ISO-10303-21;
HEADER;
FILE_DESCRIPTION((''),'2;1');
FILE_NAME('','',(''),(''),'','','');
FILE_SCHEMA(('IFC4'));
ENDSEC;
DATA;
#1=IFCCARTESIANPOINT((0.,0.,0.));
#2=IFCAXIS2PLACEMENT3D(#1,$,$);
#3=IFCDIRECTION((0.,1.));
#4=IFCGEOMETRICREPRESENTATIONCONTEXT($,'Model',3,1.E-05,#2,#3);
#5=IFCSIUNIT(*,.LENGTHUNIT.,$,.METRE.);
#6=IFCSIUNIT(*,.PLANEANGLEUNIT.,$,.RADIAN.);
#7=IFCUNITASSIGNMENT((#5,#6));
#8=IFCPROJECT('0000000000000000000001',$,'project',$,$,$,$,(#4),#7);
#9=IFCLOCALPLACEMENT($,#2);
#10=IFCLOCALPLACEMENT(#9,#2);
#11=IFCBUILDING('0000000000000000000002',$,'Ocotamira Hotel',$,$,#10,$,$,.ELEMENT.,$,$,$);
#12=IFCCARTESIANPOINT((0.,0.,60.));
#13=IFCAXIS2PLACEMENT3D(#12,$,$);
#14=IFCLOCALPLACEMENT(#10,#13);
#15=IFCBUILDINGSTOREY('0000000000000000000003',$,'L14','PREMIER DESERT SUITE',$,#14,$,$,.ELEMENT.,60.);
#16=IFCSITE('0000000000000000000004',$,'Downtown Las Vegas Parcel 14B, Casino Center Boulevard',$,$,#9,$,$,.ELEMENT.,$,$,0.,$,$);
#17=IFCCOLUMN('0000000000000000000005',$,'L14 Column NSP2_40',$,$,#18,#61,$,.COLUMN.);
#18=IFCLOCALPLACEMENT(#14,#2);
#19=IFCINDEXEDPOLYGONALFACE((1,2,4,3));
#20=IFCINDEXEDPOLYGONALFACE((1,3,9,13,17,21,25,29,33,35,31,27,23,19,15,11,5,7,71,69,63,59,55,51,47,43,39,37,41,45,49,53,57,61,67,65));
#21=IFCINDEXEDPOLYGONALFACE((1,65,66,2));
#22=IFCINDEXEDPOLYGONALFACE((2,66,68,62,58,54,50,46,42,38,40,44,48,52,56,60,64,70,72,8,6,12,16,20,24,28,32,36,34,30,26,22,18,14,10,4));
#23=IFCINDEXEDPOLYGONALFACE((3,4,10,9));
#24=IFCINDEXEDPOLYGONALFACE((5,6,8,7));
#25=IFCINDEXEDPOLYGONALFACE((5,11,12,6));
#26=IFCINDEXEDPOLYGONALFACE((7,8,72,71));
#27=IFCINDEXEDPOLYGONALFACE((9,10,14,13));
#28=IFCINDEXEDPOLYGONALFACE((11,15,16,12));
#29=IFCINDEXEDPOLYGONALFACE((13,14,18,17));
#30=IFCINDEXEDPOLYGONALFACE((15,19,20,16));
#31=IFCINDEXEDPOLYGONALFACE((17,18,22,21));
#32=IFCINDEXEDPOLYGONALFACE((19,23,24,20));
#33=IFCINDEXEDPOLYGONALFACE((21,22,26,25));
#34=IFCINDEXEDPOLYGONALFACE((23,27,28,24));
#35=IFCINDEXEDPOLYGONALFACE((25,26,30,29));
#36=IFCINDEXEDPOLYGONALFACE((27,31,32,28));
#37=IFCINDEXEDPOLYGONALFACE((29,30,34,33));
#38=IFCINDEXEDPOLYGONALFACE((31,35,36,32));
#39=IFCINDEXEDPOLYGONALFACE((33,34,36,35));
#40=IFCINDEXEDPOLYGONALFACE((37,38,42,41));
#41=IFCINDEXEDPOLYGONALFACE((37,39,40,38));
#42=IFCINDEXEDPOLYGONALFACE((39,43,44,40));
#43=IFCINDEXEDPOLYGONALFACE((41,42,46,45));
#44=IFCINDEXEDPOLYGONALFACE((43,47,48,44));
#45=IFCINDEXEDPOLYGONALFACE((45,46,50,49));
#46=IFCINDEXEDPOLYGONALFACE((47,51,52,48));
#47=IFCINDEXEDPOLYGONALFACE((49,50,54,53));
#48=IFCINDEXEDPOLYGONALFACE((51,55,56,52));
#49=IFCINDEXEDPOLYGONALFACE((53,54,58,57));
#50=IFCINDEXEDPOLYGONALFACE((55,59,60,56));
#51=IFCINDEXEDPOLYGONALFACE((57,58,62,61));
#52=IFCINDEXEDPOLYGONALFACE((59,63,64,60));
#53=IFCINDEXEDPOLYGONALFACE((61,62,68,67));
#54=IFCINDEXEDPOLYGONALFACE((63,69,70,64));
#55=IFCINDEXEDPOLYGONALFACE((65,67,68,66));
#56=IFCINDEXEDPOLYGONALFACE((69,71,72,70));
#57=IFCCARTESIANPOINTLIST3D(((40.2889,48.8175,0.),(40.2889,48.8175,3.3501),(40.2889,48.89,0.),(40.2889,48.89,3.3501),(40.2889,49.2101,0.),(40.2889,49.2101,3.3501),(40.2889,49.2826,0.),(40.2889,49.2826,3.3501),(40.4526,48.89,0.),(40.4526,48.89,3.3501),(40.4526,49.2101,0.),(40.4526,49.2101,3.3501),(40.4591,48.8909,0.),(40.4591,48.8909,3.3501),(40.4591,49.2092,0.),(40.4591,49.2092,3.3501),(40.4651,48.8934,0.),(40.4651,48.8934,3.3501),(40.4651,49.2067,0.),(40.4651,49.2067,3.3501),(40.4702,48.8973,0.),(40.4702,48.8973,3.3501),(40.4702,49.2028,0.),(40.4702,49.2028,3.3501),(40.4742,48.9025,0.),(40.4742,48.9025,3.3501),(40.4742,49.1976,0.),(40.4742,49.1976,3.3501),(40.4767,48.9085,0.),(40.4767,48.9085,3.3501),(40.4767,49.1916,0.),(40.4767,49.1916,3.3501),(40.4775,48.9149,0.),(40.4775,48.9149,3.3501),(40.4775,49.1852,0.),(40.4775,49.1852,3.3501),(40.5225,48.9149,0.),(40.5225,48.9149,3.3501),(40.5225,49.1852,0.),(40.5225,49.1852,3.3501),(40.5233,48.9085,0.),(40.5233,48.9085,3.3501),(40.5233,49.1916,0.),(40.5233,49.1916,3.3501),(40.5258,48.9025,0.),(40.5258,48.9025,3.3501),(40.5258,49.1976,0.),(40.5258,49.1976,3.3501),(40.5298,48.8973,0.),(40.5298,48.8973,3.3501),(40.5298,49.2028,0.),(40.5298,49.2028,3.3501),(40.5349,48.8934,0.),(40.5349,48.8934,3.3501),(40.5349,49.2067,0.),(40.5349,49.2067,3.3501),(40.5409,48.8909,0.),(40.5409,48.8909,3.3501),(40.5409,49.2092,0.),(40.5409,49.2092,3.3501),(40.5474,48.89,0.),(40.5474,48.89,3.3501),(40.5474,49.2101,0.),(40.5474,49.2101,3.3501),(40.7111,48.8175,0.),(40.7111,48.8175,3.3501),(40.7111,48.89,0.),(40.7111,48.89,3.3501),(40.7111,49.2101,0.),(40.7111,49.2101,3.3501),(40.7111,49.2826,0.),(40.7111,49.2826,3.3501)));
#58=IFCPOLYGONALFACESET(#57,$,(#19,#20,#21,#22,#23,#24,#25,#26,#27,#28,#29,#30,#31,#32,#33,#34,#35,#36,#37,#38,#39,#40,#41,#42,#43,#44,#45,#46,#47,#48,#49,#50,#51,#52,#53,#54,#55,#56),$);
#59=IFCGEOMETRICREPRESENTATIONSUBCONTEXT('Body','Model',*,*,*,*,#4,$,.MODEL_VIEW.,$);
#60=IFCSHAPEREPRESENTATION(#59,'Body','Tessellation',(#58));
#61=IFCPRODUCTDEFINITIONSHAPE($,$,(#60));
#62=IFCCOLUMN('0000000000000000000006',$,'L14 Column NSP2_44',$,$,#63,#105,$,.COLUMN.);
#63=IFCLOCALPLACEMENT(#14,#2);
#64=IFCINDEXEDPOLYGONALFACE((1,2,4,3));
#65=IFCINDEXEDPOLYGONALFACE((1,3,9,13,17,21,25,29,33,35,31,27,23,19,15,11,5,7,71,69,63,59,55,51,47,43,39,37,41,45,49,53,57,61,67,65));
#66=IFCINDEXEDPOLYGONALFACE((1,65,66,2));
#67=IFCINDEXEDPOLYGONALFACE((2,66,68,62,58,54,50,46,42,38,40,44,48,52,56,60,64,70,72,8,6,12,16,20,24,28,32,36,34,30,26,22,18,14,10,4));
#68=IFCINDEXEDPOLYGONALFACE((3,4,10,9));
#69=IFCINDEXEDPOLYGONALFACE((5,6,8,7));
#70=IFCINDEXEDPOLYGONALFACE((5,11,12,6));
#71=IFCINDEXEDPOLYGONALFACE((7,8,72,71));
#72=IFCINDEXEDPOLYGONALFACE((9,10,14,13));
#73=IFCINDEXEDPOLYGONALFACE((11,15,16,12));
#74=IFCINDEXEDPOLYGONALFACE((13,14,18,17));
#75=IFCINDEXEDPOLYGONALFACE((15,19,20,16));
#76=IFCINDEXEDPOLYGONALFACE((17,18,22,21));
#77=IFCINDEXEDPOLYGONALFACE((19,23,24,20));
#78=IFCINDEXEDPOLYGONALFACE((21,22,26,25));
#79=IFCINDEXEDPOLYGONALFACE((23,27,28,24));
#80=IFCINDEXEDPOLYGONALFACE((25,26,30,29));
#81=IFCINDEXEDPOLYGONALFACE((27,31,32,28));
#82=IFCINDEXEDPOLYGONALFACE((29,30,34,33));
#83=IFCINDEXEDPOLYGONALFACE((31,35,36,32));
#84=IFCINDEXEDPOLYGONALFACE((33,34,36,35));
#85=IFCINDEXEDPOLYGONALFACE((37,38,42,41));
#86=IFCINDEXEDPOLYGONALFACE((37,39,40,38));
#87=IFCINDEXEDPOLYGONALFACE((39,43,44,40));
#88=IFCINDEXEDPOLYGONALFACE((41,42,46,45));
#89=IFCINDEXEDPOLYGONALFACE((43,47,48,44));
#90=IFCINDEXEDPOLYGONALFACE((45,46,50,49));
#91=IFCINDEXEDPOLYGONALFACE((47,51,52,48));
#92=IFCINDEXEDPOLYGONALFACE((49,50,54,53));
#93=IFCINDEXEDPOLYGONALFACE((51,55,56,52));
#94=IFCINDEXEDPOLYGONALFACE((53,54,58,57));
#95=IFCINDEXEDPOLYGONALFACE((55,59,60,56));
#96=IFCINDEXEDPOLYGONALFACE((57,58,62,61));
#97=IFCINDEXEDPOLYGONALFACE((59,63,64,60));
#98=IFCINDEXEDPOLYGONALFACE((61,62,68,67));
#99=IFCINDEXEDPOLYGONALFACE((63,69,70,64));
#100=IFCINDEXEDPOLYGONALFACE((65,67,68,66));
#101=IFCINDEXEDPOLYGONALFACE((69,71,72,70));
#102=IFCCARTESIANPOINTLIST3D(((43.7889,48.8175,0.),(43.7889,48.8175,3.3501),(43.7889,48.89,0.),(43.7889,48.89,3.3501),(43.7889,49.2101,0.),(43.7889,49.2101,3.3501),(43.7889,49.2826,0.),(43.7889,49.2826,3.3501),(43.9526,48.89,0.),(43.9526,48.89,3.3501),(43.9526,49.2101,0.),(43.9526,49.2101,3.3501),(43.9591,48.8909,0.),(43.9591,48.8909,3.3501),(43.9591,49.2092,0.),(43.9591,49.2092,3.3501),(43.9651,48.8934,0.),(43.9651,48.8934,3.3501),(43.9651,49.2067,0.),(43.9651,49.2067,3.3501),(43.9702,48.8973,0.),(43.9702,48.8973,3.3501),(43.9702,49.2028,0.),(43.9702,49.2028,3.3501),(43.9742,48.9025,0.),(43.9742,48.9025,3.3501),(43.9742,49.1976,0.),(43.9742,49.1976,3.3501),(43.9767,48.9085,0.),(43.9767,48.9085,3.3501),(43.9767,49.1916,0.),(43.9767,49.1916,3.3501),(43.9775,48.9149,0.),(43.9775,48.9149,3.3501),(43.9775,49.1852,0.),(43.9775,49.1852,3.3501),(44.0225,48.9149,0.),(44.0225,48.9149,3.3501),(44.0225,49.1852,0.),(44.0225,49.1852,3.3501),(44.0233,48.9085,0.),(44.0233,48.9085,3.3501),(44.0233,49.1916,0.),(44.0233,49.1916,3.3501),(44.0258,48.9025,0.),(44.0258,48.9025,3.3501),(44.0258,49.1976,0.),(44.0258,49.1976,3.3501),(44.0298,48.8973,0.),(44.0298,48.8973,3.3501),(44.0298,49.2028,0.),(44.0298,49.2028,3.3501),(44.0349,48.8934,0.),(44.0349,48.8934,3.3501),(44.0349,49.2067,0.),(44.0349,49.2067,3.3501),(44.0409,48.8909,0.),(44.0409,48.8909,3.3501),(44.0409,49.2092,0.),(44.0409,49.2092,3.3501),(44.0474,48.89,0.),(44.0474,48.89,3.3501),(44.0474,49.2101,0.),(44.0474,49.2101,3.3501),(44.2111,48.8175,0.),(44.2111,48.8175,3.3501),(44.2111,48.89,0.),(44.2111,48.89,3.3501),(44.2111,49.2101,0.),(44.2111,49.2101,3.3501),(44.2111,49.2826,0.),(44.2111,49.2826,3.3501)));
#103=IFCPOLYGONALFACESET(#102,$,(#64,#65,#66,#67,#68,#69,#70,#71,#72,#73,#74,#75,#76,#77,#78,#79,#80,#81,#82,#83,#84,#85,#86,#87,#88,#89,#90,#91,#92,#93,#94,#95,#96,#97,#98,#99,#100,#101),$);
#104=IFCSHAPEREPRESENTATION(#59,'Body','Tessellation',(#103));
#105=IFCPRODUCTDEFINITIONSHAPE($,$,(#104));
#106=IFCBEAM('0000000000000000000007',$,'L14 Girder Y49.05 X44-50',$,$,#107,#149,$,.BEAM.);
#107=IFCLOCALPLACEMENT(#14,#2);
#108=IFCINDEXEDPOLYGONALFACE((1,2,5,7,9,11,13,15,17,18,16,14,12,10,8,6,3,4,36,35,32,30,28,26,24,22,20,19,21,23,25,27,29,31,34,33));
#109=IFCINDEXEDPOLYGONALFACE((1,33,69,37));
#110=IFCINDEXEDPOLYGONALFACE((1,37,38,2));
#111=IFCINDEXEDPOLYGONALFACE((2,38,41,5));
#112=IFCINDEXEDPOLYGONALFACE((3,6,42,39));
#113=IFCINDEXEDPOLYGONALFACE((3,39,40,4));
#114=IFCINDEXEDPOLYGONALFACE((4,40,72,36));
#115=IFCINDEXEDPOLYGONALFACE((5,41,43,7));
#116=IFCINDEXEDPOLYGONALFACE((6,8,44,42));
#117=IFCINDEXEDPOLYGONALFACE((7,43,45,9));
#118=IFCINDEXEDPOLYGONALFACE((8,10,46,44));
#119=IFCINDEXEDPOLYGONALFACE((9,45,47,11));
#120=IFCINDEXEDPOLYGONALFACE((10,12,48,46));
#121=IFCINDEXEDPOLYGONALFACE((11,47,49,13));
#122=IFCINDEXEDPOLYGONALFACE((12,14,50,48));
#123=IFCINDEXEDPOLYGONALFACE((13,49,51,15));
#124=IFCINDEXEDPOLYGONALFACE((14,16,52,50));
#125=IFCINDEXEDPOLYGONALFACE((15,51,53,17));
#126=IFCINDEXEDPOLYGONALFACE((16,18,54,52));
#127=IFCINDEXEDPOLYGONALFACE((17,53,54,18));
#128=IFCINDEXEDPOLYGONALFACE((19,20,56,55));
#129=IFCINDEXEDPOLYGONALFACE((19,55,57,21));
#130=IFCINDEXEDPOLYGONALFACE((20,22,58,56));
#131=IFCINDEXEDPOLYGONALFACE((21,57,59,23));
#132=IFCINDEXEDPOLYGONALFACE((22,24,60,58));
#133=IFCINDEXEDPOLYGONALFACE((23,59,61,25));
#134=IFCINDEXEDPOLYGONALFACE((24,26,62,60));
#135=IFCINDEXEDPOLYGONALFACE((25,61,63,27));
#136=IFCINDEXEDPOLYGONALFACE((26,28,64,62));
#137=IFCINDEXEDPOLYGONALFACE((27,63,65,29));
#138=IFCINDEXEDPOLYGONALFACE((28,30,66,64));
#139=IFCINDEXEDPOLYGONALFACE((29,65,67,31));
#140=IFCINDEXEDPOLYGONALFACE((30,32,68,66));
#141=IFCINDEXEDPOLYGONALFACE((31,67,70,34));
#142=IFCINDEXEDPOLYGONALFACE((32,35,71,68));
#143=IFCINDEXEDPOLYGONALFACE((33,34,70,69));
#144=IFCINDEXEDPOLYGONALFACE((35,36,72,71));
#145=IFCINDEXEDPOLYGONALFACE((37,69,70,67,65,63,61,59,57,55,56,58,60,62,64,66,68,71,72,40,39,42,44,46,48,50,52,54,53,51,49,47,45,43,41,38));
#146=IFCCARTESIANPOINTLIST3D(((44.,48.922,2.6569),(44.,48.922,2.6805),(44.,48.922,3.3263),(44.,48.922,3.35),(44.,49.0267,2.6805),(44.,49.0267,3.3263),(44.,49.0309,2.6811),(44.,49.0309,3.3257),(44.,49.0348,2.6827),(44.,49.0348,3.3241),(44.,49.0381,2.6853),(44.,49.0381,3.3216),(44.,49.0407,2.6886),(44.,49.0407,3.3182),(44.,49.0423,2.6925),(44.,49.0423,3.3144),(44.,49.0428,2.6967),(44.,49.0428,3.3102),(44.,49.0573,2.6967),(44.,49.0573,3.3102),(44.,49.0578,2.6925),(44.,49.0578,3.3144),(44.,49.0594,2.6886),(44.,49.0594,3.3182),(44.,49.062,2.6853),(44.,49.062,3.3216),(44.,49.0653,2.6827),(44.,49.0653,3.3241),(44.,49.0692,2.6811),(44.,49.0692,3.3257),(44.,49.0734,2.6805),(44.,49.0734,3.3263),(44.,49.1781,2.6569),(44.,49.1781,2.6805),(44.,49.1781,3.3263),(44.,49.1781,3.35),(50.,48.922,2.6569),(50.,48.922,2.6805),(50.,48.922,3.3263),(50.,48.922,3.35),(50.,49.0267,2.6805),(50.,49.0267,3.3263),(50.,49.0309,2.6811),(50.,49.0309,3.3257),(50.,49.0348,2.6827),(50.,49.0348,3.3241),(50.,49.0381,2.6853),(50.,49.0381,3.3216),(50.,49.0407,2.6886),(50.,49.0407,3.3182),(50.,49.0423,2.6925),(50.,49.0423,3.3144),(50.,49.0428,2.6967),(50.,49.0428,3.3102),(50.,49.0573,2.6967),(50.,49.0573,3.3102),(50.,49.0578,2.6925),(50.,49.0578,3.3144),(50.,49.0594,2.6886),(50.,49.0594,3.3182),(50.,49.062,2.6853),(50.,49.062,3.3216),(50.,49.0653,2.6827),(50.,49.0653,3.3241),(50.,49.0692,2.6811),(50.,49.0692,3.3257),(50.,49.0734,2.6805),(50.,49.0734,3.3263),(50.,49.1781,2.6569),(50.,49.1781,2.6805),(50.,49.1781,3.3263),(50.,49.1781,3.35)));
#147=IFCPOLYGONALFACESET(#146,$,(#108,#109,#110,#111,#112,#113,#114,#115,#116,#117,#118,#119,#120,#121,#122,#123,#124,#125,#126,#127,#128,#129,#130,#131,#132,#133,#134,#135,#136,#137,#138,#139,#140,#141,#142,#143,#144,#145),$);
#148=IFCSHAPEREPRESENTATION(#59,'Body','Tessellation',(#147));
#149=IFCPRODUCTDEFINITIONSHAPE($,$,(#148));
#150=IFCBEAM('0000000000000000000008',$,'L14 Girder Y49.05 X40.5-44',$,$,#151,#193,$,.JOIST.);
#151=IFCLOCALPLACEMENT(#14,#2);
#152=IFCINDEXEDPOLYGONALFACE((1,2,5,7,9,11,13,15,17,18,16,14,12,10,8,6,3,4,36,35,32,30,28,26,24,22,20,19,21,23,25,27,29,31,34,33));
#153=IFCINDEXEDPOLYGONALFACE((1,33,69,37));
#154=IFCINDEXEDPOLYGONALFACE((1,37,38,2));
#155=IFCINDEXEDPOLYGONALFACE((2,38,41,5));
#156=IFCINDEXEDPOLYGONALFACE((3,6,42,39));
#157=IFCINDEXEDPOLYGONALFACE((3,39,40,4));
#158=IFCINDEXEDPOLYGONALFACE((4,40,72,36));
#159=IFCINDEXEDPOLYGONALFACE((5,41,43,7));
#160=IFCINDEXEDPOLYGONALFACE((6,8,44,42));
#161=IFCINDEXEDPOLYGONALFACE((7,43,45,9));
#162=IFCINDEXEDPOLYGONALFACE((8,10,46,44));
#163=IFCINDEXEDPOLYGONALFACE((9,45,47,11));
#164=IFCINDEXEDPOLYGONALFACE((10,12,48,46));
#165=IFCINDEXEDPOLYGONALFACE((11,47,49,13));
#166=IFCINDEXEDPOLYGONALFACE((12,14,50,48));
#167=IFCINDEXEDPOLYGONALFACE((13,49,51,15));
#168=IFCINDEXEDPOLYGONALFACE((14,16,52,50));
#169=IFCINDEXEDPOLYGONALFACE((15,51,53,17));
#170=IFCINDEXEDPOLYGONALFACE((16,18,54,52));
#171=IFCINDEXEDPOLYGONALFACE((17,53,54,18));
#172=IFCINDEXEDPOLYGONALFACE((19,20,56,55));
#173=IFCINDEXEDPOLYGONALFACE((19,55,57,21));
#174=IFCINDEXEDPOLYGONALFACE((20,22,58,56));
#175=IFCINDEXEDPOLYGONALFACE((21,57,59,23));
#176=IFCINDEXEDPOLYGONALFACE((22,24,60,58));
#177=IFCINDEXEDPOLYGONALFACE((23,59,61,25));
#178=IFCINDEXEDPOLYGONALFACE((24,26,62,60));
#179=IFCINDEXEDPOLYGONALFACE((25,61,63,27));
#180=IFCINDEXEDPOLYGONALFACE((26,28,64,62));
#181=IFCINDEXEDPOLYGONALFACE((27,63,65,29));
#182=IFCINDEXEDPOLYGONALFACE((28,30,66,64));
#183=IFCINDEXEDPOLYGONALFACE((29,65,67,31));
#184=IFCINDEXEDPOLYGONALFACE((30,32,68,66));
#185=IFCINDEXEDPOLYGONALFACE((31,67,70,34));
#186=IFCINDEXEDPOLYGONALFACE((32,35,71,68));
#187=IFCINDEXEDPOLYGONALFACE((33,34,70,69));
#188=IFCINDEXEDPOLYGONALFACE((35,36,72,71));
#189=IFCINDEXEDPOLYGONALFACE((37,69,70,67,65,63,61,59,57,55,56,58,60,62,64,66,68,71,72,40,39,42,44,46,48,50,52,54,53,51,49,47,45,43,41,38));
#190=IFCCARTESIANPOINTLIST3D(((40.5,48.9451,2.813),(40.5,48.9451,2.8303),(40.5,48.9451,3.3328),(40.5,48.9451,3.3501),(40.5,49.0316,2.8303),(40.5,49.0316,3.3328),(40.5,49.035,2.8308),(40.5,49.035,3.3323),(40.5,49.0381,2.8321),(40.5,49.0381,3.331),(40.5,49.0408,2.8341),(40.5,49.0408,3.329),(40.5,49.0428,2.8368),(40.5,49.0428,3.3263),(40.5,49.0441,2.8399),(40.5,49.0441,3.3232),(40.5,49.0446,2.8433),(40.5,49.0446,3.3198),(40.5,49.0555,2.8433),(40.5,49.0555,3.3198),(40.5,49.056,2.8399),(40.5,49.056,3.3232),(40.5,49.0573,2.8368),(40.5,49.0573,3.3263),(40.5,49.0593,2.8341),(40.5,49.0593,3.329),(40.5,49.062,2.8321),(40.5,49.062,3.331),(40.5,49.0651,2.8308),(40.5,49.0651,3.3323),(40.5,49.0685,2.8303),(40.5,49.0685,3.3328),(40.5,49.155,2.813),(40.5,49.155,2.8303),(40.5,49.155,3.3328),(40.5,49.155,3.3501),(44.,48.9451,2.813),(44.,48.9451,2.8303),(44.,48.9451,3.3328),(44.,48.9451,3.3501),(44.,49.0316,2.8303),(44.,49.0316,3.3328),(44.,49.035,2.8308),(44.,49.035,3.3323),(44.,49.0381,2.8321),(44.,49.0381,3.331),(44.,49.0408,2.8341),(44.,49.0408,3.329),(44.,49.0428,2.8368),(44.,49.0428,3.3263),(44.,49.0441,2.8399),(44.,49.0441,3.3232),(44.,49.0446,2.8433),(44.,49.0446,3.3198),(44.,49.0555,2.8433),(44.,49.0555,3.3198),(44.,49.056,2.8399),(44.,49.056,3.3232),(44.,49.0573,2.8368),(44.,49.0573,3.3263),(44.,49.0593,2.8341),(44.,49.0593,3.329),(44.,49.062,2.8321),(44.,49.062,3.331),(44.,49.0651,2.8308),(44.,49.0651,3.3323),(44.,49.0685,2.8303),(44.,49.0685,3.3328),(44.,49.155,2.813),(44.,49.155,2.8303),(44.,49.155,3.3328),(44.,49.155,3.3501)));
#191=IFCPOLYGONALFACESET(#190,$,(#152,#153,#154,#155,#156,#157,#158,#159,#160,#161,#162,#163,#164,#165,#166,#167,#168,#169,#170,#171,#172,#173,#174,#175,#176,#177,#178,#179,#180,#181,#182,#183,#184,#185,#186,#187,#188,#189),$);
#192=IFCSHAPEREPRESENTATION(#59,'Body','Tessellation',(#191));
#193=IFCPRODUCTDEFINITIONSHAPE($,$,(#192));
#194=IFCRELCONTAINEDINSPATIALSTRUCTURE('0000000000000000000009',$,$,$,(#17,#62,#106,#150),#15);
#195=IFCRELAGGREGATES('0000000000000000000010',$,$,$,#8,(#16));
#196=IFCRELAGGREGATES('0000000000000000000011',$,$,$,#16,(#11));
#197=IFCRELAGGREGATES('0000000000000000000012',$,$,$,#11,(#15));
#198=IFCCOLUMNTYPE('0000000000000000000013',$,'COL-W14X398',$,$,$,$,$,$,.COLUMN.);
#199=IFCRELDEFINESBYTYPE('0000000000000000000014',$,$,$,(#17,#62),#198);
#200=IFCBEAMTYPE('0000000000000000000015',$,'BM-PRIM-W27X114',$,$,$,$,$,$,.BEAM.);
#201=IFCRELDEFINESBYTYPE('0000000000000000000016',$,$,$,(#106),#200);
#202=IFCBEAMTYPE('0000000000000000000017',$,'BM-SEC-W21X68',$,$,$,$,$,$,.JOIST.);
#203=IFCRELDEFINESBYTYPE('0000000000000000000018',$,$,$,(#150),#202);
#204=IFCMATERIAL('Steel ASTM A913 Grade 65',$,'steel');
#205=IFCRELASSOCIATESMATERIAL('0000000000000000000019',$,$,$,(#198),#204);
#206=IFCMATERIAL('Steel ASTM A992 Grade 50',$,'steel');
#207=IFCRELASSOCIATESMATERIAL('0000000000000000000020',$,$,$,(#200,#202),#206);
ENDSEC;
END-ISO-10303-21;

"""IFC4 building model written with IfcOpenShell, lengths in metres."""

from ifc_helpers import new_model, si_unit, direction, frame, origin, origin_2d, place, context, subcontext, project, spatial, i_section, extrude, source, transform, mapped, material, material_profile, profile_set, type_object, element, save


model = new_model("IFC4")

# Units and contexts
model_context = context("Model", 3, precision=1e-05, world=origin(), true_north=direction((0.0, 1.0)))
body_context = subcontext(model_context, "Body", "Model", "MODEL_VIEW")
ifc_project = project(units=[si_unit("LENGTHUNIT", "METRE"), si_unit("PLANEANGLEUNIT", "RADIAN")], contexts=[model_context])

# Site, building, storey
site_placement = place(None, origin())
site = spatial("IfcSite", under=ifc_project, at=site_placement, Name="Downtown Las Vegas Parcel 14B, Casino Center Boulevard", CompositionType="ELEMENT", RefElevation=0.0)
building_placement = place(site_placement, origin())
building = spatial("IfcBuilding", under=site, at=building_placement, Name="Ocotamira Hotel", CompositionType="ELEMENT")
storey_placement = place(building_placement, frame((0.0, 0.0, 60.0)))
storey = spatial("IfcBuildingStorey", under=building, at=storey_placement, Name="L14", Description="PREMIER DESERT SUITE", CompositionType="ELEMENT", Elevation=60.0)

# Columns
ifc_material_1 = material(Name="Steel ASTM A913 Grade 65", Category="steel")
ifc_material_profile_1 = material_profile(ifc_material_1, i_section(OverallWidth=0.4221, OverallDepth=0.4651, WebThickness=0.0449, FlangeThickness=0.0725, FilletRadius=0.0249, at=origin_2d()), Name="W14X398")
ifc_profile_set_1 = profile_set([ifc_material_profile_1], Name="Steel ASTM A913 Grade 65")
column_type = type_object("IfcColumnType", Name="COL-W14X398", PredefinedType="COLUMN", material=ifc_profile_set_1)
shared_shape_1 = source(origin(), body_context, "Body", "SweptSolid", [
    extrude(i_section(OverallWidth=0.4221, OverallDepth=0.4651, WebThickness=0.0449, FlangeThickness=0.0725, FilletRadius=0.0249, at=origin_2d()), origin(), (0.0, 0.0, 1.0), 3.3501),
])
for number, where, z_axis, x_axis, name in (
    (1, (40.5, 49.05, 0.0), (0.0, 0.0, 1.0), (1.0, 0.0, 0.0), "L14 Column NSP2_40"),
    (2, (44.0, 49.05, 0.0), (0.0, 0.0, 1.0), (1.0, 0.0, 0.0), "L14 Column NSP2_44"),
):
    element("IfcColumn", number, at=place(storey_placement, frame(where, z_axis=z_axis, x_axis=x_axis)), inside=storey, type_object=column_type, Name=name, PredefinedType="COLUMN", context=body_context, shape_type="MappedRepresentation", body=[
        mapped(shared_shape_1, transform((0.0, 0.0, 0.0), scale=1.0)),
    ])

# Beams
ifc_material_2 = material(Name="Steel ASTM A992 Grade 50", Category="steel")
ifc_material_profile_2 = material_profile(ifc_material_2, i_section(OverallWidth=0.2561, OverallDepth=0.6931, WebThickness=0.0144, FlangeThickness=0.0237, FilletRadius=0.0161, at=origin_2d()), Name="W27X114")
ifc_profile_set_2 = profile_set([ifc_material_profile_2], Name="Steel ASTM A992 Grade 50")
beam_type_1 = type_object("IfcBeamType", Name="BM-PRIM-W27X114", PredefinedType="BEAM", material=ifc_profile_set_2)
shared_shape_2 = source(origin(), body_context, "Body", "SweptSolid", [
    extrude(i_section(OverallWidth=0.2561, OverallDepth=0.6931, WebThickness=0.0144, FlangeThickness=0.0237, FilletRadius=0.0161, at=origin_2d()), origin(), (0.0, 0.0, 1.0), 6.0),
])
beam_1_placement = place(storey_placement, frame((44.0, 49.05, 3.0034), z_axis=(1.0, 0.0, 0.0), x_axis=(0.0, 1.0, 0.0)))
element("IfcBeam", 3, at=beam_1_placement, inside=storey, type_object=beam_type_1, Name="L14 Girder Y49.05 X44-50", PredefinedType="BEAM", context=body_context, shape_type="MappedRepresentation", body=[
    mapped(shared_shape_2, transform((0.0, 0.0, 0.0), scale=1.0)),
])
ifc_material_profile_3 = material_profile(ifc_material_2, i_section(OverallWidth=0.21, OverallDepth=0.5371, WebThickness=0.011, FlangeThickness=0.0173, FilletRadius=0.0129, at=origin_2d()), Name="W21X68")
ifc_profile_set_3 = profile_set([ifc_material_profile_3], Name="Steel ASTM A992 Grade 50")
beam_type_2 = type_object("IfcBeamType", Name="BM-SEC-W21X68", PredefinedType="JOIST", material=ifc_profile_set_3)
shared_shape_3 = source(origin(), body_context, "Body", "SweptSolid", [
    extrude(i_section(OverallWidth=0.21, OverallDepth=0.5371, WebThickness=0.011, FlangeThickness=0.0173, FilletRadius=0.0129, at=origin_2d()), origin(), (0.0, 0.0, 1.0), 3.5),
])
beam_2_placement = place(storey_placement, frame((40.5, 49.05, 3.0815), z_axis=(1.0, 0.0, 0.0), x_axis=(0.0, 1.0, 0.0)))
element("IfcBeam", 4, at=beam_2_placement, inside=storey, type_object=beam_type_2, Name="L14 Girder Y49.05 X40.5-44", PredefinedType="JOIST", context=body_context, shape_type="MappedRepresentation", body=[
    mapped(shared_shape_3, transform((0.0, 0.0, 0.0), scale=1.0)),
])

save(model, "model.ifc")
